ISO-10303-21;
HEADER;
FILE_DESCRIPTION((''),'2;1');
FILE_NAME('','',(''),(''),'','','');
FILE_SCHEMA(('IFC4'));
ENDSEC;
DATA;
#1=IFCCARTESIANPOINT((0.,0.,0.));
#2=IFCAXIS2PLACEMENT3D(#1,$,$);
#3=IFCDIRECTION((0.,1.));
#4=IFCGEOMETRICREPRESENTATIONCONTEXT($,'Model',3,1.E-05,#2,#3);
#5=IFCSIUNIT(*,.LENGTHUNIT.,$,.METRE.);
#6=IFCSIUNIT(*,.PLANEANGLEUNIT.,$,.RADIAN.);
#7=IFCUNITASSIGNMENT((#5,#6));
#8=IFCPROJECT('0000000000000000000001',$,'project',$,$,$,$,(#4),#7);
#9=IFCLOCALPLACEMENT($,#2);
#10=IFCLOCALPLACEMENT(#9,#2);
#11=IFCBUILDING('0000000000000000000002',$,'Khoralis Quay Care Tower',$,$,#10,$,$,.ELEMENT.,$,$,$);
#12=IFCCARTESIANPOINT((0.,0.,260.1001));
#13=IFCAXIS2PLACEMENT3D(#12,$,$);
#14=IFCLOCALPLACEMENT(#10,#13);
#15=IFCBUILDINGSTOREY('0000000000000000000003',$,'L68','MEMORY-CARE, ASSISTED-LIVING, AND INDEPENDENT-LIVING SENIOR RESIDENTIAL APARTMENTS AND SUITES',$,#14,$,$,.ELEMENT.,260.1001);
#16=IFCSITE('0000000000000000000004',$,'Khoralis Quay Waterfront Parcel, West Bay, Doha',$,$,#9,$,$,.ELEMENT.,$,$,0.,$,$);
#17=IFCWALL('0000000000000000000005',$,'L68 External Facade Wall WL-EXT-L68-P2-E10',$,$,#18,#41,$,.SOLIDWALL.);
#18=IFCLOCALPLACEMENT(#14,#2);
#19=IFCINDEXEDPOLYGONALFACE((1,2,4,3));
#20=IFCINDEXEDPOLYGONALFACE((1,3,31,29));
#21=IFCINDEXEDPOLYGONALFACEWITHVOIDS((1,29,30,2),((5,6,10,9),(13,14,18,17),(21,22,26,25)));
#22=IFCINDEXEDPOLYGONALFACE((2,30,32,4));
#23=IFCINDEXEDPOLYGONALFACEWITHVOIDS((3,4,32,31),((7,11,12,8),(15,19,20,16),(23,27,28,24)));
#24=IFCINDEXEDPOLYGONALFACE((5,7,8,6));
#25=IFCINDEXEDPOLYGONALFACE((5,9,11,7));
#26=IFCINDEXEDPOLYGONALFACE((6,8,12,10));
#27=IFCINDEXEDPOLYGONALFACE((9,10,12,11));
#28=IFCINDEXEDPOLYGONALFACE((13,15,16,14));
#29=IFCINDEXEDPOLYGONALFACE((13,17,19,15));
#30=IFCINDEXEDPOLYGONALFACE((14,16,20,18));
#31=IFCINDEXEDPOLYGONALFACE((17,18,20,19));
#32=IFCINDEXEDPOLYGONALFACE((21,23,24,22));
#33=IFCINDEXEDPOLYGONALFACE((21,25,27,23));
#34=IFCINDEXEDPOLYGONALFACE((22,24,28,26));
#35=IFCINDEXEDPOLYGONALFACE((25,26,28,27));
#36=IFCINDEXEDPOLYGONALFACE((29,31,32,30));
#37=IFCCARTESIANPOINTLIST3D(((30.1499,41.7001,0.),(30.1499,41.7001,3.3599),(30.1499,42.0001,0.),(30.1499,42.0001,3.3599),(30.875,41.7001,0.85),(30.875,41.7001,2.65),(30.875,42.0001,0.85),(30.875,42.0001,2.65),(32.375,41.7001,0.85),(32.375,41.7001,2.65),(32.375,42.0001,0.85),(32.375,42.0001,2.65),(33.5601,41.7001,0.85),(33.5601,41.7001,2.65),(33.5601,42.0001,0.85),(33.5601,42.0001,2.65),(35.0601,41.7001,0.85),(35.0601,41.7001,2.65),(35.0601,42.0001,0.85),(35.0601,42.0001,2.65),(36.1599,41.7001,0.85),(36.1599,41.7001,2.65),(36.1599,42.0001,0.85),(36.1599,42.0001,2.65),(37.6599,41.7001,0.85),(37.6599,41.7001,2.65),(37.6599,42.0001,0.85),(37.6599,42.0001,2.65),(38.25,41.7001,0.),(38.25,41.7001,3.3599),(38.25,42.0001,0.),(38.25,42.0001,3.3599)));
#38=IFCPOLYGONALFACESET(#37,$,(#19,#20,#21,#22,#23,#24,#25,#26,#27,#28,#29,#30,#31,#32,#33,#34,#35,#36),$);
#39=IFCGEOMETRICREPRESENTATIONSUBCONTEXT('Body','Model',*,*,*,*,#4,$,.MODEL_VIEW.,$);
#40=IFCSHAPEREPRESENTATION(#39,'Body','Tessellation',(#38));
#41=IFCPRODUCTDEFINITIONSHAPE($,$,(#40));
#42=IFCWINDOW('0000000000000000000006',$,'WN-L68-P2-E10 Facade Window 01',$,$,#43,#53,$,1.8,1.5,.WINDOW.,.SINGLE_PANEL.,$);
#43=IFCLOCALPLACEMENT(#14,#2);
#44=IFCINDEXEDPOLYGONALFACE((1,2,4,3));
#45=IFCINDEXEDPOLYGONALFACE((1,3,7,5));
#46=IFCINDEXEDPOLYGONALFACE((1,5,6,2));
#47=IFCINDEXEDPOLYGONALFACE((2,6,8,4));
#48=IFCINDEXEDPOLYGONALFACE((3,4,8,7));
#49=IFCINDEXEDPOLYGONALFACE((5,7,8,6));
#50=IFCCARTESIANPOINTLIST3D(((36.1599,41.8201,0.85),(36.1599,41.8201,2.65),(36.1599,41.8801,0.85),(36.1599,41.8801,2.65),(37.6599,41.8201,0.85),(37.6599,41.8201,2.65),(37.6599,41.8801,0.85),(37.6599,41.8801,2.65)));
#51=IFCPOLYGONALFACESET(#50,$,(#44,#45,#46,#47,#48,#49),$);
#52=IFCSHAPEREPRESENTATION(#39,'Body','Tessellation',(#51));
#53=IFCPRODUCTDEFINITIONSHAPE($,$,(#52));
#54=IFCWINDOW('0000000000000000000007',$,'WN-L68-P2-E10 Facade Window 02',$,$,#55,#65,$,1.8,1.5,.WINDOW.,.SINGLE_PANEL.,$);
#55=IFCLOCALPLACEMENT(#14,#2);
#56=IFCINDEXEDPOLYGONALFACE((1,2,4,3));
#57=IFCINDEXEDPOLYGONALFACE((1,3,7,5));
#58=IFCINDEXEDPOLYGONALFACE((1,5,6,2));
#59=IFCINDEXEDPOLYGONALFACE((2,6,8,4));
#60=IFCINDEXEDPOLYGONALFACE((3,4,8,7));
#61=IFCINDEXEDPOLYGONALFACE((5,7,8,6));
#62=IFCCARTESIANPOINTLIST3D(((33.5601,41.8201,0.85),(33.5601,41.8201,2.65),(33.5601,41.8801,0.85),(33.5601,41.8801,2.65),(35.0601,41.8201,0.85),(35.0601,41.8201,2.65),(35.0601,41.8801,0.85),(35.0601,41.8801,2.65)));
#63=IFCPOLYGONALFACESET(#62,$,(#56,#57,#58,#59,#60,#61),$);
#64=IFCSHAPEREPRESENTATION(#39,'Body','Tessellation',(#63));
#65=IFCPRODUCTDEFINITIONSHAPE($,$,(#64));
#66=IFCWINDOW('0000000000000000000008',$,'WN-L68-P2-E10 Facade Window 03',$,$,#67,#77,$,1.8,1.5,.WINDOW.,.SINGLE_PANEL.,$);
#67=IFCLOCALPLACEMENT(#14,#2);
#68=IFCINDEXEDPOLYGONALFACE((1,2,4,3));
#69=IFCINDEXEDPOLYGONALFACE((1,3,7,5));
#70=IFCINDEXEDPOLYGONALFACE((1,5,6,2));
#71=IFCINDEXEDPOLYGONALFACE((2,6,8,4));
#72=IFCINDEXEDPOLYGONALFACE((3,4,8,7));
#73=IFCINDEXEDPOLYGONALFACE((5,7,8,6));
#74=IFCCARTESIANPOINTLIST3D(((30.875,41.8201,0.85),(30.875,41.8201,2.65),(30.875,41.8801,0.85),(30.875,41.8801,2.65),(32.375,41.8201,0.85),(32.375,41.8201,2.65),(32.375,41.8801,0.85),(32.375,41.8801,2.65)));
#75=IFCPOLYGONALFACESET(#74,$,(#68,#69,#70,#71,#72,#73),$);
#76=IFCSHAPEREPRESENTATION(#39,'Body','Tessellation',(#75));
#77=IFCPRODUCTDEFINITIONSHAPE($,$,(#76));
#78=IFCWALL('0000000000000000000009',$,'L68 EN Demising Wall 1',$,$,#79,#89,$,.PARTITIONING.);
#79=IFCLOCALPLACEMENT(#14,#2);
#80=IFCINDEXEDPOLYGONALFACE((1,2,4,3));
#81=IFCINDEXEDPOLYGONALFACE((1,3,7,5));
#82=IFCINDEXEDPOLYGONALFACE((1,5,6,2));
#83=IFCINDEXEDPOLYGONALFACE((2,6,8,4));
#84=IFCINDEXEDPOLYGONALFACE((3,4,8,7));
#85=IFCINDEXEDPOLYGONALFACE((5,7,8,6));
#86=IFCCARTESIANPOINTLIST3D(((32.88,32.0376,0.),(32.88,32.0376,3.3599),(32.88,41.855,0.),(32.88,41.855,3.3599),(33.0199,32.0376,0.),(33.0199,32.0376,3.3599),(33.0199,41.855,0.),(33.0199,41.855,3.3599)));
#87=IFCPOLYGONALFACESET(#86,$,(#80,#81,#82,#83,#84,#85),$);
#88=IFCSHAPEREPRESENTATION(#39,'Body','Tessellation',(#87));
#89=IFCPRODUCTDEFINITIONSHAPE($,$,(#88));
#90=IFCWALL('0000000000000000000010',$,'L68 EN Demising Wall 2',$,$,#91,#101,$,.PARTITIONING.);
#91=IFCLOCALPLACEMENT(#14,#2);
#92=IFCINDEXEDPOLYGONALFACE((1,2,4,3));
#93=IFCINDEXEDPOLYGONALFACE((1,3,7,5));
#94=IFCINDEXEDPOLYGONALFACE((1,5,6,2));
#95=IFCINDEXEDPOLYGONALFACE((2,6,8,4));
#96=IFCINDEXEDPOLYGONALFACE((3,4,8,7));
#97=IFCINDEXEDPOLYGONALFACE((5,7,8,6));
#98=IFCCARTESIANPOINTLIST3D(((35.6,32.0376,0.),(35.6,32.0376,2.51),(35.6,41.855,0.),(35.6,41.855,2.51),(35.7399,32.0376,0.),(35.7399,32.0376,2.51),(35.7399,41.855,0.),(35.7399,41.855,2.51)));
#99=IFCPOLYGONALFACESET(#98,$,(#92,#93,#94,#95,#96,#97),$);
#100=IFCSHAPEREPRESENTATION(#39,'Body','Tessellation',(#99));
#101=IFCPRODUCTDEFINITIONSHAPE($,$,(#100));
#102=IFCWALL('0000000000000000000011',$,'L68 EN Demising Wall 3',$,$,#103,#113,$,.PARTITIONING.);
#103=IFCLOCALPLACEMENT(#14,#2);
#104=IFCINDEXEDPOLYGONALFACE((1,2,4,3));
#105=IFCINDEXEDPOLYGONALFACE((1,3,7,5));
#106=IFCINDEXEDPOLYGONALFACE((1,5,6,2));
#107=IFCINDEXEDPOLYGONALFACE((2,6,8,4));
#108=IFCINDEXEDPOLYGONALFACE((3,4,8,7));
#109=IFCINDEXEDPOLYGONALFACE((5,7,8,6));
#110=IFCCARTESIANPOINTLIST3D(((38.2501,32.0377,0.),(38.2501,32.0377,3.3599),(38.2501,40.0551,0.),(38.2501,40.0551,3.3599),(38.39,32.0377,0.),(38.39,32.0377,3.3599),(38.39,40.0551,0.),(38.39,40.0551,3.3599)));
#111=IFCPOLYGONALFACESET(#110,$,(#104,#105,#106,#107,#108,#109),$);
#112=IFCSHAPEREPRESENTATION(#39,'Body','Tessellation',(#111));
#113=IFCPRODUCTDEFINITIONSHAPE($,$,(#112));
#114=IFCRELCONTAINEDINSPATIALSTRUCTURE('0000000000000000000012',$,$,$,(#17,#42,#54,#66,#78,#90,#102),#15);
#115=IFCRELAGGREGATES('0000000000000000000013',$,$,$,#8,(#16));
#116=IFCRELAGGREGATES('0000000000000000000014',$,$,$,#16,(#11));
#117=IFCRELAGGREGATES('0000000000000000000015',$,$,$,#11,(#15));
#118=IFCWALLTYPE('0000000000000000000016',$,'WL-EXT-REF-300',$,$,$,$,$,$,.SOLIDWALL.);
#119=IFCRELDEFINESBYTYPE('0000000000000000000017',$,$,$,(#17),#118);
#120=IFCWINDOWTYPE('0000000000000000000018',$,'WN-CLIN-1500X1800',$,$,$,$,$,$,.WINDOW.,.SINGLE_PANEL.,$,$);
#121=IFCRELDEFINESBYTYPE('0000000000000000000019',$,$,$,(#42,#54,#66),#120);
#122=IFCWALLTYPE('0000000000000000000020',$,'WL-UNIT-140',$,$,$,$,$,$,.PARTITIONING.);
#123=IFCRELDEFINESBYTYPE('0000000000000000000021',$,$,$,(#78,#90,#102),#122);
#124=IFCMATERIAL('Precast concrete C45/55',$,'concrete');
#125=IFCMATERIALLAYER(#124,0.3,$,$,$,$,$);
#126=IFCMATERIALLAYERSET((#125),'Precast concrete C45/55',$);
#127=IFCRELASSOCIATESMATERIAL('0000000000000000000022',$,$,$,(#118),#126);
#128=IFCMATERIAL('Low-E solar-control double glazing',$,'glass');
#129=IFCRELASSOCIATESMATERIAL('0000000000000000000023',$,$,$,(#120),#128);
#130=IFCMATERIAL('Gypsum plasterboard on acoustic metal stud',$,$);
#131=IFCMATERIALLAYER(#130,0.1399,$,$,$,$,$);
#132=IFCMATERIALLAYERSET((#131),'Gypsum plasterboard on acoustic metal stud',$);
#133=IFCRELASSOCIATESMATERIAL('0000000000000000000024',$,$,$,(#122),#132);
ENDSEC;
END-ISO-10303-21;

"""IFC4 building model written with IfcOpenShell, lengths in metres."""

from ifc_helpers import new_model, si_unit, direction, frame, frame_2d, origin, place, context, subcontext, project, spatial, rectangle, extrude, source, transform, mapped, material, layer, layer_set, type_object, element, fill, save


model = new_model("IFC4")

# Units and contexts
model_context = context("Model", 3, precision=1e-05, world=origin(), true_north=direction((0.0, 1.0)))
body_context = subcontext(model_context, "Body", "Model", "MODEL_VIEW")
ifc_project = project(units=[si_unit("LENGTHUNIT", "METRE"), si_unit("PLANEANGLEUNIT", "RADIAN")], contexts=[model_context])

# Site, building, storey
site_placement = place(None, origin())
site = spatial("IfcSite", under=ifc_project, at=site_placement, Name="Khoralis Quay Waterfront Parcel, West Bay, Doha", CompositionType="ELEMENT", RefElevation=0.0)
building_placement = place(site_placement, origin())
building = spatial("IfcBuilding", under=site, at=building_placement, Name="Khoralis Quay Care Tower", CompositionType="ELEMENT")
storey_placement = place(building_placement, frame((0.0, 0.0, 260.1001)))
storey = spatial("IfcBuildingStorey", under=building, at=storey_placement, Name="L68", Description="MEMORY-CARE, ASSISTED-LIVING, AND INDEPENDENT-LIVING SENIOR RESIDENTIAL APARTMENTS AND SUITES", CompositionType="ELEMENT", Elevation=260.1001)

# Shared definitions
ifc_material_1 = material(Name="Gypsum plasterboard on acoustic metal stud")

# Shared definitions
ifc_material_2 = material(Name="Precast concrete C45/55", Category="concrete")
ifc_layer_1 = layer(ifc_material_2, 0.3)
ifc_layer_set_1 = layer_set([ifc_layer_1], Name="Precast concrete C45/55")
wall_type_1 = type_object("IfcWallType", Name="WL-EXT-REF-300", PredefinedType="SOLIDWALL", material=ifc_layer_set_1)
ifc_material_3 = material(Name="Low-E solar-control double glazing", Category="glass")
window_type = type_object("IfcWindowType", Name="WN-CLIN-1500X1800", PartitioningType="SINGLE_PANEL", PredefinedType="WINDOW", material=ifc_material_3)
shared_shape_1 = source(origin(), body_context, "Body", "SweptSolid", [
    extrude(rectangle(XDim=1.5, YDim=1.8, at=frame_2d((0.75, 0.8999))), frame((0.0, 0.03, 0.0), z_axis=(0.0, -1.0, 0.0), x_axis=(1.0, 0.0, 0.0)), (0.0, 0.0, 1.0), 0.0601),
])

# Wall, openings, windows
wall_1_placement = place(storey_placement, frame((38.25, 41.8501, 0.0), z_axis=(0.0, 0.0, 1.0), x_axis=(-1.0, 0.0, 0.0)))
wall_1 = element("IfcWall", 1, at=wall_1_placement, inside=storey, type_object=wall_type_1, Name="L68 External Facade Wall WL-EXT-L68-P2-E10", PredefinedType="SOLIDWALL", context=body_context, shape_type="SweptSolid", body=[
    extrude(rectangle(XDim=8.1001, YDim=0.3, at=frame_2d((4.05, 0.0))), origin(), (0.0, 0.0, 1.0), 3.3599),
])
opening_1_placement = place(wall_1_placement, frame((0.5901, 0.0, 0.8501)))
opening_1 = element("IfcOpeningElement", 2, at=opening_1_placement, cuts=wall_1, PredefinedType="OPENING", context=body_context, shape_type="SweptSolid", body=[
    extrude(rectangle(XDim=1.5, YDim=1.8, at=frame_2d((0.75, 0.8999))), frame((0.0, 0.1602, 0.0), z_axis=(0.0, -1.0, 0.0), x_axis=(1.0, 0.0, 0.0)), (0.0, 0.0, 1.0), 0.3201),
])
opening_2_placement = place(wall_1_placement, frame((3.1899, 0.0, 0.8501)))
opening_2 = element("IfcOpeningElement", 3, at=opening_2_placement, cuts=wall_1, PredefinedType="OPENING", context=body_context, shape_type="SweptSolid", body=[
    extrude(rectangle(XDim=1.5, YDim=1.8, at=frame_2d((0.75, 0.8999))), frame((0.0, 0.1602, 0.0), z_axis=(0.0, -1.0, 0.0), x_axis=(1.0, 0.0, 0.0)), (0.0, 0.0, 1.0), 0.3201),
])
opening_3_placement = place(wall_1_placement, frame((5.875, 0.0, 0.8501)))
opening_3 = element("IfcOpeningElement", 4, at=opening_3_placement, cuts=wall_1, PredefinedType="OPENING", context=body_context, shape_type="SweptSolid", body=[
    extrude(rectangle(XDim=1.5, YDim=1.8, at=frame_2d((0.75, 0.8999))), frame((0.0, 0.1602, 0.0), z_axis=(0.0, -1.0, 0.0), x_axis=(1.0, 0.0, 0.0)), (0.0, 0.0, 1.0), 0.3201),
])
window_1_placement = place(opening_1_placement, origin())
window_1 = element("IfcWindow", 5, at=window_1_placement, inside=storey, type_object=window_type, Name="WN-L68-P2-E10 Facade Window 01", OverallHeight=1.8, OverallWidth=1.5, PartitioningType="SINGLE_PANEL", PredefinedType="WINDOW", context=body_context, shape_type="MappedRepresentation", body=[
    mapped(shared_shape_1, transform((0.0, 0.0, 0.0), scale=1.0)),
])
fill(opening_1, window_1)
window_2_placement = place(opening_2_placement, origin())
window_2 = element("IfcWindow", 6, at=window_2_placement, inside=storey, type_object=window_type, Name="WN-L68-P2-E10 Facade Window 02", OverallHeight=1.8, OverallWidth=1.5, PartitioningType="SINGLE_PANEL", PredefinedType="WINDOW", context=body_context, shape_type="MappedRepresentation", body=[
    mapped(shared_shape_1, transform((0.0, 0.0, 0.0), scale=1.0)),
])
fill(opening_2, window_2)
window_3_placement = place(opening_3_placement, origin())
window_3 = element("IfcWindow", 7, at=window_3_placement, inside=storey, type_object=window_type, Name="WN-L68-P2-E10 Facade Window 03", OverallHeight=1.8, OverallWidth=1.5, PartitioningType="SINGLE_PANEL", PredefinedType="WINDOW", context=body_context, shape_type="MappedRepresentation", body=[
    mapped(shared_shape_1, transform((0.0, 0.0, 0.0), scale=1.0)),
])
fill(opening_3, window_3)

# Walls
ifc_layer_2 = layer(ifc_material_1, 0.1399)
ifc_layer_set_2 = layer_set([ifc_layer_2], Name="Gypsum plasterboard on acoustic metal stud")
wall_type_2 = type_object("IfcWallType", Name="WL-UNIT-140", PredefinedType="PARTITIONING", material=ifc_layer_set_2)
wall_2_placement = place(storey_placement, frame((32.95, 32.0376, 0.0), z_axis=(0.0, 0.0, 1.0), x_axis=(0.0, 1.0, 0.0)))
element("IfcWall", 8, at=wall_2_placement, inside=storey, type_object=wall_type_2, Name="L68 EN Demising Wall 1", PredefinedType="PARTITIONING", context=body_context, shape_type="SweptSolid", body=[
    extrude(rectangle(XDim=9.8174, YDim=0.1399, at=frame_2d((4.9087, 0.0))), origin(), (0.0, 0.0, 1.0), 3.3599),
])
wall_3_placement = place(storey_placement, frame((35.6699, 32.0376, 0.0), z_axis=(0.0, 0.0, 1.0), x_axis=(0.0, 1.0, 0.0)))
element("IfcWall", 9, at=wall_3_placement, inside=storey, type_object=wall_type_2, Name="L68 EN Demising Wall 2", PredefinedType="PARTITIONING", context=body_context, shape_type="SweptSolid", body=[
    extrude(rectangle(XDim=9.8174, YDim=0.1399, at=frame_2d((4.9087, 0.0))), origin(), (0.0, 0.0, 1.0), 2.51),
])
wall_4_placement = place(storey_placement, frame((38.3201, 32.0376, 0.0), z_axis=(0.0, 0.0, 1.0), x_axis=(0.0, 1.0, 0.0)))
element("IfcWall", 10, at=wall_4_placement, inside=storey, type_object=wall_type_2, Name="L68 EN Demising Wall 3", PredefinedType="PARTITIONING", context=body_context, shape_type="SweptSolid", body=[
    extrude(rectangle(XDim=8.0173, YDim=0.1399, at=frame_2d((4.0088, 0.0))), origin(), (0.0, 0.0, 1.0), 3.3599),
])

save(model, "model.ifc")
